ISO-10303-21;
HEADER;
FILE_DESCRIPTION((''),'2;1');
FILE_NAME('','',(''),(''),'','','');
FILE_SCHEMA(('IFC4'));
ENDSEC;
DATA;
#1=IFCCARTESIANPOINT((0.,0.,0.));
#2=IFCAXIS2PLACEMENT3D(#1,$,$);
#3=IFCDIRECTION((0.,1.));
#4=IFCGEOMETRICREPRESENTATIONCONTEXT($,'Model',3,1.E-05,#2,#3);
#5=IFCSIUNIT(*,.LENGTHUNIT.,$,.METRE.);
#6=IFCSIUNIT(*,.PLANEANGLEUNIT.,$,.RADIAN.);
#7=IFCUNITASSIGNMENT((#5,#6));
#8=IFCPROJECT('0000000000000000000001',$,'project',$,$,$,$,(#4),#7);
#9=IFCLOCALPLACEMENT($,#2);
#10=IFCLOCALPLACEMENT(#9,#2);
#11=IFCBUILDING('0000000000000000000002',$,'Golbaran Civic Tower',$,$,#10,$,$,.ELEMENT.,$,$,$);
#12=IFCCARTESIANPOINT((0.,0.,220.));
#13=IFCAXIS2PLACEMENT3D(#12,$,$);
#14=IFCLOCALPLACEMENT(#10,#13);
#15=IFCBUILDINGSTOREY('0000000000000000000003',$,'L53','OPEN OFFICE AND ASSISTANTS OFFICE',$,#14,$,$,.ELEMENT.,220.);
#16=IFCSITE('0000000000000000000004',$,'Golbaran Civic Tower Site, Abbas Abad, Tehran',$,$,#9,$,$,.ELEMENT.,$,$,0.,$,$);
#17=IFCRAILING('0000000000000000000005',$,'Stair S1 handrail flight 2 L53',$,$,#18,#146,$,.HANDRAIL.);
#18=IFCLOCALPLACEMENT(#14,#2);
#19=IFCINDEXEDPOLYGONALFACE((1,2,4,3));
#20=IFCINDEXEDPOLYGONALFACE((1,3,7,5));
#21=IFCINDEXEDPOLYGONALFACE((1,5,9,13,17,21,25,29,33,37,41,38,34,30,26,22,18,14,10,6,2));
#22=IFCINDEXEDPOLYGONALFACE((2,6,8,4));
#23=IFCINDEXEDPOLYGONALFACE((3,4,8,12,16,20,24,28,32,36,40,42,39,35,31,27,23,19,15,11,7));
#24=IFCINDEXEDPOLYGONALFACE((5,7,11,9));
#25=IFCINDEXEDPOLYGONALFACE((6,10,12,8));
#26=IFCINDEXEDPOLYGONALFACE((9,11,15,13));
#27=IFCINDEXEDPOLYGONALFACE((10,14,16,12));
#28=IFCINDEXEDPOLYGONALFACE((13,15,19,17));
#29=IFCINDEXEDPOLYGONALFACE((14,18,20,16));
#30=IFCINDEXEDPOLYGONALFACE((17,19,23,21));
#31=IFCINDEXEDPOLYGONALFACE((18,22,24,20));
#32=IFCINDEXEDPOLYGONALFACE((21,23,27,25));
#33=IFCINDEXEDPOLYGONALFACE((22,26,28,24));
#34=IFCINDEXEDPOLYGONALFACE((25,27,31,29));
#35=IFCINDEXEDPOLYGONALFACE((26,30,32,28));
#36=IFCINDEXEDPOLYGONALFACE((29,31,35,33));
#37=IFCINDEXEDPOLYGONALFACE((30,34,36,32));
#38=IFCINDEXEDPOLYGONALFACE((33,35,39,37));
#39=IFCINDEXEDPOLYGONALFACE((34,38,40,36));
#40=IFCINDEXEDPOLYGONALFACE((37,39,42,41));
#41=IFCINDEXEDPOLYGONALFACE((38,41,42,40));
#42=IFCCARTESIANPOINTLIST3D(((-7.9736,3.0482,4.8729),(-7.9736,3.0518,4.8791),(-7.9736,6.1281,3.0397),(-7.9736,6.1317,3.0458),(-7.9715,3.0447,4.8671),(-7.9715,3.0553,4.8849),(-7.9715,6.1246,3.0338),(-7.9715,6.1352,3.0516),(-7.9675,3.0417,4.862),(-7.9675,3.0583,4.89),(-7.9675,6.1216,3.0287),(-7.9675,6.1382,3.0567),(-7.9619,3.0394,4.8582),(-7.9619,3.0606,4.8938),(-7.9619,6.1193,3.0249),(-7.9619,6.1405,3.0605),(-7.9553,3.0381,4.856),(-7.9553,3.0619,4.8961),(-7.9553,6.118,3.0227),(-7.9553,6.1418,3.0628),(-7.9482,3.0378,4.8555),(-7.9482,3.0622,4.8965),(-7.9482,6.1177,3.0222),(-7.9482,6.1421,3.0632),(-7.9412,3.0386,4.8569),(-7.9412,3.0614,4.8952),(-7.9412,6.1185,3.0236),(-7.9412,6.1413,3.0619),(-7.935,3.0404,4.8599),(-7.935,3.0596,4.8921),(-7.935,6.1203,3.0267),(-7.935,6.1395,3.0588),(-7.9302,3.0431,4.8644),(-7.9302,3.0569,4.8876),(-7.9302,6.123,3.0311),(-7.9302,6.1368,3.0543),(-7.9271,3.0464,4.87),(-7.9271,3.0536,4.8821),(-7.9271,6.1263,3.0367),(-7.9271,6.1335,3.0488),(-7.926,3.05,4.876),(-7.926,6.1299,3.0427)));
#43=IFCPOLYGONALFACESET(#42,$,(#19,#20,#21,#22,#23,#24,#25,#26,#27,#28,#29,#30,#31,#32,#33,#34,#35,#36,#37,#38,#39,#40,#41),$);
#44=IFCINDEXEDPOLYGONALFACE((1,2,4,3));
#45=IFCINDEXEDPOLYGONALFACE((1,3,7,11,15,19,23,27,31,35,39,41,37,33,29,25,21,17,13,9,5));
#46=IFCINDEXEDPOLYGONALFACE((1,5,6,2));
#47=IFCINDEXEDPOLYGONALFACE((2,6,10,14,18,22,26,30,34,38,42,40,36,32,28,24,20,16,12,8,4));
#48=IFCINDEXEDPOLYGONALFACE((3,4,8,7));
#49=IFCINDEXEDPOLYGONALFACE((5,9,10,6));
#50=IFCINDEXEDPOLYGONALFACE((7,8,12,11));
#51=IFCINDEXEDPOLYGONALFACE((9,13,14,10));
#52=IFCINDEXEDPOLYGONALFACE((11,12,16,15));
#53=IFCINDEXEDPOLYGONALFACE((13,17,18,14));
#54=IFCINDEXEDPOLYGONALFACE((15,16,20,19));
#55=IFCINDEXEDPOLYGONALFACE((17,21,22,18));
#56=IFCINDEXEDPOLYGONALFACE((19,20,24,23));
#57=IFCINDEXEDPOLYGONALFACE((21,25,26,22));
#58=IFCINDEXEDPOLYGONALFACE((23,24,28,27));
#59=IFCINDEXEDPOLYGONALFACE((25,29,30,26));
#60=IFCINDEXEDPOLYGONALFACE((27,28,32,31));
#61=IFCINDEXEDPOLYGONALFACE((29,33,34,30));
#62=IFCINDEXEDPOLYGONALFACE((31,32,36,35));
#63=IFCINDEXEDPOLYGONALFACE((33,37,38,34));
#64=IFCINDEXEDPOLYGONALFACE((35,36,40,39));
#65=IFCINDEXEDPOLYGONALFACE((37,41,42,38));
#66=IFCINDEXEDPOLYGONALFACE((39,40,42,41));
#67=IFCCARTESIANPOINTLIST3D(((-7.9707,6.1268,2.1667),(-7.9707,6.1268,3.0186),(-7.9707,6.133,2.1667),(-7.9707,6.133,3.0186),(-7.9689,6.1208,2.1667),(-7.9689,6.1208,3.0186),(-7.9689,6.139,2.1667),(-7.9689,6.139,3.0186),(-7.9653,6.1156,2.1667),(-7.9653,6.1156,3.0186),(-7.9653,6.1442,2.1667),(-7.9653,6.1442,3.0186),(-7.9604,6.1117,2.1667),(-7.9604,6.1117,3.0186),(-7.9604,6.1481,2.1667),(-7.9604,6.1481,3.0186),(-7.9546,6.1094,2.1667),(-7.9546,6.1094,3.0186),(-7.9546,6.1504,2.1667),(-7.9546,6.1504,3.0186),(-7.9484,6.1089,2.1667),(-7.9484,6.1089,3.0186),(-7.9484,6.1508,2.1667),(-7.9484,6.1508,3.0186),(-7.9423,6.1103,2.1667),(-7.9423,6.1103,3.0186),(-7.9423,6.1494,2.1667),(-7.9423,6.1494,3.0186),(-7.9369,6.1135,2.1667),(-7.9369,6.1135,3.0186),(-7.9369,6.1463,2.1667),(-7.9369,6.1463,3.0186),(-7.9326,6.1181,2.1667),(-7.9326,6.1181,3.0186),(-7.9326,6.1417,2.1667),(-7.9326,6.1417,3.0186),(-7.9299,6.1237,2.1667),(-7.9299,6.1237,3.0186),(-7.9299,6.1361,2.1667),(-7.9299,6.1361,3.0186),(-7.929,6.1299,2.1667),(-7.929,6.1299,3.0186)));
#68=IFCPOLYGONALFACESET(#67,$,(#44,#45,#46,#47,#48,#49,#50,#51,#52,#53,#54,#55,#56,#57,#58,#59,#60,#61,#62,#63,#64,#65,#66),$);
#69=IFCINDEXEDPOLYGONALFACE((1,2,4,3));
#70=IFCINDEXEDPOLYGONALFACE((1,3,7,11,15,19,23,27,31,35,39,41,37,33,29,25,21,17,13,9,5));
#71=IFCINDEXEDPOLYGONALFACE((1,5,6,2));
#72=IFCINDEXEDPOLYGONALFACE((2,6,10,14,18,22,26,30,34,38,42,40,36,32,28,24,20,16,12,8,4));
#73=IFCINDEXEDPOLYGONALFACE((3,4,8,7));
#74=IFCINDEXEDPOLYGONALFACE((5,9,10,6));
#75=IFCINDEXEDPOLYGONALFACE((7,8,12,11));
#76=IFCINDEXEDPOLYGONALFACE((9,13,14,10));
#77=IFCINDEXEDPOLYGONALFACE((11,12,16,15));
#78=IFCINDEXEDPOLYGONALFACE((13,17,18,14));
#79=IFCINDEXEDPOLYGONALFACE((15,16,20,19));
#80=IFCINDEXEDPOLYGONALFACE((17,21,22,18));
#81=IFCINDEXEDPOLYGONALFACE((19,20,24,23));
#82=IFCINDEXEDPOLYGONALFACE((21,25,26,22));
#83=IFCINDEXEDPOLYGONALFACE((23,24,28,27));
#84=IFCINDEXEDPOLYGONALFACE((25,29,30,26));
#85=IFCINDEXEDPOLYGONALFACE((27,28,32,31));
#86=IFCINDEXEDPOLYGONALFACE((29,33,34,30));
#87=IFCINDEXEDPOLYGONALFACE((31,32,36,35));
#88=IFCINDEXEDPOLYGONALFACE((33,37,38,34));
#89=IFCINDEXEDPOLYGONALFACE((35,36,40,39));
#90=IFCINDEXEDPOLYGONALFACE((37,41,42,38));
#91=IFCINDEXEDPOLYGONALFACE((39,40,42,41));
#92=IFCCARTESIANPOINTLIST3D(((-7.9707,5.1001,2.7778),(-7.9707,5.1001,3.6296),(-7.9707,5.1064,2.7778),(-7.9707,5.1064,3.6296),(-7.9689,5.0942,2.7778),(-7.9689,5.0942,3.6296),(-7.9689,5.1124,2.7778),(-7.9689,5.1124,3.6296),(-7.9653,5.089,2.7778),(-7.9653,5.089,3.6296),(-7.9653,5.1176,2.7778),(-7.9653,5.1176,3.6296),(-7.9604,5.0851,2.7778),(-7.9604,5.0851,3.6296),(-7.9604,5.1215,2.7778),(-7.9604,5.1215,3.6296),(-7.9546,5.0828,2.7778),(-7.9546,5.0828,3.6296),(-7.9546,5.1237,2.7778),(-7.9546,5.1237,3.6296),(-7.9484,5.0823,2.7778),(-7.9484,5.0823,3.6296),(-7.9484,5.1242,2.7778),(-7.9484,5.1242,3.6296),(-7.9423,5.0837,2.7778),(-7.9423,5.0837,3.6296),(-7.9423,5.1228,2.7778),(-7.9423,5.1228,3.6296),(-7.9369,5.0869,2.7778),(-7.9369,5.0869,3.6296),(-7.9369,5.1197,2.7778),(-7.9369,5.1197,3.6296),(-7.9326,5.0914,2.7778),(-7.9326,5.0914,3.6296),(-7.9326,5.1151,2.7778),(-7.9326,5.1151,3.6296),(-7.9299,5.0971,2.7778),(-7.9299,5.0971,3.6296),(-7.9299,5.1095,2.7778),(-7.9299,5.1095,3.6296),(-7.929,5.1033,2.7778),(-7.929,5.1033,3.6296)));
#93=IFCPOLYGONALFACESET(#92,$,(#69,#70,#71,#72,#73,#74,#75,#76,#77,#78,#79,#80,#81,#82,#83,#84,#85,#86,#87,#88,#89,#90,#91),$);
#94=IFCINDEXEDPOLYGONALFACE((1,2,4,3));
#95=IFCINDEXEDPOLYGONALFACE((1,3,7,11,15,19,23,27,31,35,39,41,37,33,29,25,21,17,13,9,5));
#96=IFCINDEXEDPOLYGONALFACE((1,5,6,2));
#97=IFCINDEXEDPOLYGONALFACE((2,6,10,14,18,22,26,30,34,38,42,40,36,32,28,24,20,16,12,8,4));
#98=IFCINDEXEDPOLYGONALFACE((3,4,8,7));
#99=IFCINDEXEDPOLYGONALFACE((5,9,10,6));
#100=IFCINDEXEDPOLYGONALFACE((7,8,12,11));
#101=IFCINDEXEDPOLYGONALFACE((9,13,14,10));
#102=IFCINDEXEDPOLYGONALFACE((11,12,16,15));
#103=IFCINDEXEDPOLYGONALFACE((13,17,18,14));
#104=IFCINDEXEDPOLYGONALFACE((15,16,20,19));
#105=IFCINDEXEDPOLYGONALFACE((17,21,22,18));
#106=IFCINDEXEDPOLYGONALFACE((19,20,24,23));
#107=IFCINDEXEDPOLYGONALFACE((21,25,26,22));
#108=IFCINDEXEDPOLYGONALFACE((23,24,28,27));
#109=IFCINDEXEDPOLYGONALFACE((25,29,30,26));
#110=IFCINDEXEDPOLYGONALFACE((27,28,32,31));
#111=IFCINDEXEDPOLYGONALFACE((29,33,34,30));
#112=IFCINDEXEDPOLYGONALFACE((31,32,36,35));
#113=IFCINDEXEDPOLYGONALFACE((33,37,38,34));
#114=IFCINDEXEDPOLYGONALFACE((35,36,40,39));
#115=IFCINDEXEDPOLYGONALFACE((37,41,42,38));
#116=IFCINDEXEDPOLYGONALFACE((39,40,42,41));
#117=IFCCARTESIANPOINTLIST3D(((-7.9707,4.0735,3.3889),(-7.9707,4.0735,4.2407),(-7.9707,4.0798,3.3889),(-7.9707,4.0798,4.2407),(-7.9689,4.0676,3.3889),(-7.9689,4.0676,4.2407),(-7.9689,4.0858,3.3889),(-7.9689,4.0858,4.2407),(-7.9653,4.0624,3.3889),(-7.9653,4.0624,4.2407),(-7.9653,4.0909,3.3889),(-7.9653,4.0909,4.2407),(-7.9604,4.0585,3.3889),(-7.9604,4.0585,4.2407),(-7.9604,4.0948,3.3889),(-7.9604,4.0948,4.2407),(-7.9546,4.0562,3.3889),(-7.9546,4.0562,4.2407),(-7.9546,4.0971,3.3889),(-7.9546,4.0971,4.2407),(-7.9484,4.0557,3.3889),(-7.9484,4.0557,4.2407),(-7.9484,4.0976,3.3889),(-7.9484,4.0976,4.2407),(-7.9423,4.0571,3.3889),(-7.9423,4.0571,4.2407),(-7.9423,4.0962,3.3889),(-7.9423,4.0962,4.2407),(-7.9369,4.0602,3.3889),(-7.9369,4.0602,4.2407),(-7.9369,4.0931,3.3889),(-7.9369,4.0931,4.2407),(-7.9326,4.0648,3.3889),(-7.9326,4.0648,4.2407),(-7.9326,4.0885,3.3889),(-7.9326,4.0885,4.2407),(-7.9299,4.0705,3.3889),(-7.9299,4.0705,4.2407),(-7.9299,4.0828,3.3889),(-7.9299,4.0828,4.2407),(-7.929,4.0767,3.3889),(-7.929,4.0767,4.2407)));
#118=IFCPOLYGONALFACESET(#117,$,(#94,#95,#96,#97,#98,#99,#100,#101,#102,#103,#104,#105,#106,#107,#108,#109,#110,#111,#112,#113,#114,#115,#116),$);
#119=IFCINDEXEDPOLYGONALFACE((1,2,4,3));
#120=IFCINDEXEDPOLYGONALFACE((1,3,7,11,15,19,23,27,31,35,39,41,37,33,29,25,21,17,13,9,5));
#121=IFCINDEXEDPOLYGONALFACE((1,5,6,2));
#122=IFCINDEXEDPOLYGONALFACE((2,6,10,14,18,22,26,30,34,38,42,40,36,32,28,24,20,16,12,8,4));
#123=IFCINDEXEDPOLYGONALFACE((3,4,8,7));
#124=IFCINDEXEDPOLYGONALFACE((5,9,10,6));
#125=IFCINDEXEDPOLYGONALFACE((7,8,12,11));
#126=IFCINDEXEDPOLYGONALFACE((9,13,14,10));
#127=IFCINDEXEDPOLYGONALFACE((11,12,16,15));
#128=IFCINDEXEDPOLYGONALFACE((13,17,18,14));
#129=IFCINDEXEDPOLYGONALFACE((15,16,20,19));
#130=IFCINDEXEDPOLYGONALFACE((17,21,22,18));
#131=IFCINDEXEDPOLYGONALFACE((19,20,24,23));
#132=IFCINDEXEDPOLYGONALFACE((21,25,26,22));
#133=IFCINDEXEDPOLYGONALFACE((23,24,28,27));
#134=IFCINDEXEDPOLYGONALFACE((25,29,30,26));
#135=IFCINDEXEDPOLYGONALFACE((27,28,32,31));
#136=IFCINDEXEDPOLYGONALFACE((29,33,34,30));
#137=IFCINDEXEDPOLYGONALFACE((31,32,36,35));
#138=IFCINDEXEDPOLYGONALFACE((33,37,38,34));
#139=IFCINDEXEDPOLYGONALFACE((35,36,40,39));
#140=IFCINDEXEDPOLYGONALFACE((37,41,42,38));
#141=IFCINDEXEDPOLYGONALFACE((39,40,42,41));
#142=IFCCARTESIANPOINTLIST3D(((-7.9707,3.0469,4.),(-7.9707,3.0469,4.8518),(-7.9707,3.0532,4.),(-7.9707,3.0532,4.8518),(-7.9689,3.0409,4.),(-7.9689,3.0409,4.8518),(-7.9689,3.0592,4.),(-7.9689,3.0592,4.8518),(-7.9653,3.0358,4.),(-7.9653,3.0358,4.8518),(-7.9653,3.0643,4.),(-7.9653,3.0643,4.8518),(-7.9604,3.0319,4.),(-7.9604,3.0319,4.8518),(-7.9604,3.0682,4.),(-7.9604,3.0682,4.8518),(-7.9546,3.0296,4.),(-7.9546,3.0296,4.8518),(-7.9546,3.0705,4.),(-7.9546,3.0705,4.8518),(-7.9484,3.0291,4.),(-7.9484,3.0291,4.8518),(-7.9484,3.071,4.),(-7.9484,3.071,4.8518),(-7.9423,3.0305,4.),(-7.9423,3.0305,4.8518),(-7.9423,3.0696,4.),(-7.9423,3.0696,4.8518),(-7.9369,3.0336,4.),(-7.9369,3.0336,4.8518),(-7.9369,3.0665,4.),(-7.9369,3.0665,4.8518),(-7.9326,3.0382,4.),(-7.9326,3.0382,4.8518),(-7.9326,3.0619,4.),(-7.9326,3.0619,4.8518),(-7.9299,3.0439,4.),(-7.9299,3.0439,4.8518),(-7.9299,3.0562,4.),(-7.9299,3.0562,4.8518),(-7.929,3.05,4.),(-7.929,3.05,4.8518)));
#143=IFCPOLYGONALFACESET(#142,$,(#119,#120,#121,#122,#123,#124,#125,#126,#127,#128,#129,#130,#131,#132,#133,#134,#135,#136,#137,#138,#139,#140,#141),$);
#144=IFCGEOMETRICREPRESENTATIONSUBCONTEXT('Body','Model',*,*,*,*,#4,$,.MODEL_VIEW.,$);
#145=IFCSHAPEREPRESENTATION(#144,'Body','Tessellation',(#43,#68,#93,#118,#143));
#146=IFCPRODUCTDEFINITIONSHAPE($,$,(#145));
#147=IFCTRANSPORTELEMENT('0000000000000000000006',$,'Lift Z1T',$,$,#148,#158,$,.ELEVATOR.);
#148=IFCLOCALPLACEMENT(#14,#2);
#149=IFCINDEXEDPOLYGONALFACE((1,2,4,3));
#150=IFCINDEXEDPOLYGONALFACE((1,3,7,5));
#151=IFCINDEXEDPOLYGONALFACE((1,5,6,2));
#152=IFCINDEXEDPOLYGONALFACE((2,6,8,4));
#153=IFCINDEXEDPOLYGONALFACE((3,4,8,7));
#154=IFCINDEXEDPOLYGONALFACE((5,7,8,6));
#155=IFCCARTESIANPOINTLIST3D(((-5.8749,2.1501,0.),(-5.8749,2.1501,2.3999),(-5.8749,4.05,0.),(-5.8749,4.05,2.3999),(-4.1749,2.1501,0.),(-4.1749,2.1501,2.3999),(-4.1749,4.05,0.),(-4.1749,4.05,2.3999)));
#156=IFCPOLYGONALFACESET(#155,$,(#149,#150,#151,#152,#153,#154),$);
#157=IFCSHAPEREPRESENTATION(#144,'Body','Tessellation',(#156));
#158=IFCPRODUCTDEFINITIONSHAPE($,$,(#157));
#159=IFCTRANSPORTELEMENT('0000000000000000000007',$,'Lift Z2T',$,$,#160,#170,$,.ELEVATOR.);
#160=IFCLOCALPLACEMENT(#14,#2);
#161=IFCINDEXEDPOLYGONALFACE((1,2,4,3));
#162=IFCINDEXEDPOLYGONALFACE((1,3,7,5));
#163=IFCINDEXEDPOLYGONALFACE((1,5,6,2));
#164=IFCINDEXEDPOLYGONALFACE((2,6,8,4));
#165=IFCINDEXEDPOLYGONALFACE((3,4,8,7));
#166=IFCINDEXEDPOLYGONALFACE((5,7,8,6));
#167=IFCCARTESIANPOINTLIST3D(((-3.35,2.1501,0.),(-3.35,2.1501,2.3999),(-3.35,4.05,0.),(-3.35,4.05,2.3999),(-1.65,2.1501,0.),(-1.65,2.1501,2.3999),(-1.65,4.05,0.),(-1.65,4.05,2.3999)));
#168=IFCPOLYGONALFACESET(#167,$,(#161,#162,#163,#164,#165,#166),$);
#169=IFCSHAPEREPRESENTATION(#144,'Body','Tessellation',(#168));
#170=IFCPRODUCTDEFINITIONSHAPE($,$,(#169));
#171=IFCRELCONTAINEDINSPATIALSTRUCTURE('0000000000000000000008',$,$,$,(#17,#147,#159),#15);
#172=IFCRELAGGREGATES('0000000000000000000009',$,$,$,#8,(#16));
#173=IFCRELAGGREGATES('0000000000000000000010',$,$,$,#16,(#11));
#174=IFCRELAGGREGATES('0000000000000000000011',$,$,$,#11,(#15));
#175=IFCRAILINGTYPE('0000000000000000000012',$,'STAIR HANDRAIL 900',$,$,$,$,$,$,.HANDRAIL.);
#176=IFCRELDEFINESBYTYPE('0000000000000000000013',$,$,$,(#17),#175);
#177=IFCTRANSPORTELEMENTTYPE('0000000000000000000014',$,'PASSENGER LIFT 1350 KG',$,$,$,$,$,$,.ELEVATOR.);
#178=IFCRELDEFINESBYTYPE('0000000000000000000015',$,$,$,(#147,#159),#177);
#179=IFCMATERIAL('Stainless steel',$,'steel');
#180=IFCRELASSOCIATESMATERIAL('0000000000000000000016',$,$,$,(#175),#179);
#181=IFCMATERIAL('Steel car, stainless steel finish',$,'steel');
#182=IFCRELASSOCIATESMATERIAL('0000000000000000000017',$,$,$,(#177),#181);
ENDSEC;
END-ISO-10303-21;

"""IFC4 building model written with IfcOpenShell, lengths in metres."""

from ifc_helpers import new_model, si_unit, direction, frame, origin, origin_2d, place, context, subcontext, project, spatial, rectangle, circle, extrude, material, type_object, element, save


model = new_model("IFC4")

# Units and contexts
model_context = context("Model", 3, precision=1e-05, world=origin(), true_north=direction((0.0, 1.0)))
body_context = subcontext(model_context, "Body", "Model", "MODEL_VIEW")
ifc_project = project(units=[si_unit("LENGTHUNIT", "METRE"), si_unit("PLANEANGLEUNIT", "RADIAN")], contexts=[model_context])

# Site, building, storey
site_placement = place(None, origin())
site = spatial("IfcSite", under=ifc_project, at=site_placement, Name="Golbaran Civic Tower Site, Abbas Abad, Tehran", CompositionType="ELEMENT", RefElevation=0.0)
building_placement = place(site_placement, origin())
building = spatial("IfcBuilding", under=site, at=building_placement, Name="Golbaran Civic Tower", CompositionType="ELEMENT")
storey_placement = place(building_placement, frame((0.0, 0.0, 220.0)))
storey = spatial("IfcBuildingStorey", under=building, at=storey_placement, Name="L53", Description="OPEN OFFICE AND ASSISTANTS OFFICE", CompositionType="ELEMENT", Elevation=220.0)

# Shared definitions
ifc_material_1 = material(Name="Stainless steel", Category="steel")

# Railing
railing_type = type_object("IfcRailingType", Name="STAIR HANDRAIL 900", PredefinedType="HANDRAIL", material=ifc_material_1)
railing_1_placement = place(storey_placement, frame((-7.95, 6.1299, 2.1667)))
element("IfcRailing", 1, at=railing_1_placement, inside=storey, type_object=railing_type, Name="Stair S1 handrail flight 2 L53", PredefinedType="HANDRAIL", context=body_context, shape_type="SweptSolid", body=[
    extrude(circle(Radius=0.0239, at=origin_2d()), frame((0.0, 0.0, 0.876), z_axis=(0.0, -0.859291, 0.511487), x_axis=(1.0, 0.0, 0.0)), (0.0, 0.0, 1.0), 3.5842),
    extrude(circle(Radius=0.021, at=origin_2d()), origin(), (0.0, 0.0, 1.0), 0.8518),
    extrude(circle(Radius=0.021, at=origin_2d()), frame((0.0, -1.0266, 0.6111)), (0.0, 0.0, 1.0), 0.8518),
    extrude(circle(Radius=0.021, at=origin_2d()), frame((0.0, -2.0532, 1.2222)), (0.0, 0.0, 1.0), 0.8518),
    extrude(circle(Radius=0.021, at=origin_2d()), frame((0.0, -3.0798, 1.8333)), (0.0, 0.0, 1.0), 0.8518),
])

# Transport elements
ifc_material_2 = material(Name="Steel car, stainless steel finish", Category="steel")
transport_element_type = type_object("IfcTransportElementType", Name="PASSENGER LIFT 1350 KG", PredefinedType="ELEVATOR", material=ifc_material_2)
for number, where, z_axis, x_axis, name in (
    (2, (-5.0249, 3.1001, 0.0), (0.0, 0.0, 1.0), (1.0, 0.0, 0.0), "Lift Z1T"),
    (3, (-2.5, 3.1001, 0.0), (0.0, 0.0, 1.0), (1.0, 0.0, 0.0), "Lift Z2T"),
):
    element("IfcTransportElement", number, at=place(storey_placement, frame(where, z_axis=z_axis, x_axis=x_axis)), inside=storey, type_object=transport_element_type, Name=name, PredefinedType="ELEVATOR", context=body_context, shape_type="SweptSolid", body=[
        extrude(rectangle(XDim=1.7, YDim=1.8999, at=origin_2d()), origin(), (0.0, 0.0, 1.0), 2.3999),
    ])

save(model, "model.ifc")
